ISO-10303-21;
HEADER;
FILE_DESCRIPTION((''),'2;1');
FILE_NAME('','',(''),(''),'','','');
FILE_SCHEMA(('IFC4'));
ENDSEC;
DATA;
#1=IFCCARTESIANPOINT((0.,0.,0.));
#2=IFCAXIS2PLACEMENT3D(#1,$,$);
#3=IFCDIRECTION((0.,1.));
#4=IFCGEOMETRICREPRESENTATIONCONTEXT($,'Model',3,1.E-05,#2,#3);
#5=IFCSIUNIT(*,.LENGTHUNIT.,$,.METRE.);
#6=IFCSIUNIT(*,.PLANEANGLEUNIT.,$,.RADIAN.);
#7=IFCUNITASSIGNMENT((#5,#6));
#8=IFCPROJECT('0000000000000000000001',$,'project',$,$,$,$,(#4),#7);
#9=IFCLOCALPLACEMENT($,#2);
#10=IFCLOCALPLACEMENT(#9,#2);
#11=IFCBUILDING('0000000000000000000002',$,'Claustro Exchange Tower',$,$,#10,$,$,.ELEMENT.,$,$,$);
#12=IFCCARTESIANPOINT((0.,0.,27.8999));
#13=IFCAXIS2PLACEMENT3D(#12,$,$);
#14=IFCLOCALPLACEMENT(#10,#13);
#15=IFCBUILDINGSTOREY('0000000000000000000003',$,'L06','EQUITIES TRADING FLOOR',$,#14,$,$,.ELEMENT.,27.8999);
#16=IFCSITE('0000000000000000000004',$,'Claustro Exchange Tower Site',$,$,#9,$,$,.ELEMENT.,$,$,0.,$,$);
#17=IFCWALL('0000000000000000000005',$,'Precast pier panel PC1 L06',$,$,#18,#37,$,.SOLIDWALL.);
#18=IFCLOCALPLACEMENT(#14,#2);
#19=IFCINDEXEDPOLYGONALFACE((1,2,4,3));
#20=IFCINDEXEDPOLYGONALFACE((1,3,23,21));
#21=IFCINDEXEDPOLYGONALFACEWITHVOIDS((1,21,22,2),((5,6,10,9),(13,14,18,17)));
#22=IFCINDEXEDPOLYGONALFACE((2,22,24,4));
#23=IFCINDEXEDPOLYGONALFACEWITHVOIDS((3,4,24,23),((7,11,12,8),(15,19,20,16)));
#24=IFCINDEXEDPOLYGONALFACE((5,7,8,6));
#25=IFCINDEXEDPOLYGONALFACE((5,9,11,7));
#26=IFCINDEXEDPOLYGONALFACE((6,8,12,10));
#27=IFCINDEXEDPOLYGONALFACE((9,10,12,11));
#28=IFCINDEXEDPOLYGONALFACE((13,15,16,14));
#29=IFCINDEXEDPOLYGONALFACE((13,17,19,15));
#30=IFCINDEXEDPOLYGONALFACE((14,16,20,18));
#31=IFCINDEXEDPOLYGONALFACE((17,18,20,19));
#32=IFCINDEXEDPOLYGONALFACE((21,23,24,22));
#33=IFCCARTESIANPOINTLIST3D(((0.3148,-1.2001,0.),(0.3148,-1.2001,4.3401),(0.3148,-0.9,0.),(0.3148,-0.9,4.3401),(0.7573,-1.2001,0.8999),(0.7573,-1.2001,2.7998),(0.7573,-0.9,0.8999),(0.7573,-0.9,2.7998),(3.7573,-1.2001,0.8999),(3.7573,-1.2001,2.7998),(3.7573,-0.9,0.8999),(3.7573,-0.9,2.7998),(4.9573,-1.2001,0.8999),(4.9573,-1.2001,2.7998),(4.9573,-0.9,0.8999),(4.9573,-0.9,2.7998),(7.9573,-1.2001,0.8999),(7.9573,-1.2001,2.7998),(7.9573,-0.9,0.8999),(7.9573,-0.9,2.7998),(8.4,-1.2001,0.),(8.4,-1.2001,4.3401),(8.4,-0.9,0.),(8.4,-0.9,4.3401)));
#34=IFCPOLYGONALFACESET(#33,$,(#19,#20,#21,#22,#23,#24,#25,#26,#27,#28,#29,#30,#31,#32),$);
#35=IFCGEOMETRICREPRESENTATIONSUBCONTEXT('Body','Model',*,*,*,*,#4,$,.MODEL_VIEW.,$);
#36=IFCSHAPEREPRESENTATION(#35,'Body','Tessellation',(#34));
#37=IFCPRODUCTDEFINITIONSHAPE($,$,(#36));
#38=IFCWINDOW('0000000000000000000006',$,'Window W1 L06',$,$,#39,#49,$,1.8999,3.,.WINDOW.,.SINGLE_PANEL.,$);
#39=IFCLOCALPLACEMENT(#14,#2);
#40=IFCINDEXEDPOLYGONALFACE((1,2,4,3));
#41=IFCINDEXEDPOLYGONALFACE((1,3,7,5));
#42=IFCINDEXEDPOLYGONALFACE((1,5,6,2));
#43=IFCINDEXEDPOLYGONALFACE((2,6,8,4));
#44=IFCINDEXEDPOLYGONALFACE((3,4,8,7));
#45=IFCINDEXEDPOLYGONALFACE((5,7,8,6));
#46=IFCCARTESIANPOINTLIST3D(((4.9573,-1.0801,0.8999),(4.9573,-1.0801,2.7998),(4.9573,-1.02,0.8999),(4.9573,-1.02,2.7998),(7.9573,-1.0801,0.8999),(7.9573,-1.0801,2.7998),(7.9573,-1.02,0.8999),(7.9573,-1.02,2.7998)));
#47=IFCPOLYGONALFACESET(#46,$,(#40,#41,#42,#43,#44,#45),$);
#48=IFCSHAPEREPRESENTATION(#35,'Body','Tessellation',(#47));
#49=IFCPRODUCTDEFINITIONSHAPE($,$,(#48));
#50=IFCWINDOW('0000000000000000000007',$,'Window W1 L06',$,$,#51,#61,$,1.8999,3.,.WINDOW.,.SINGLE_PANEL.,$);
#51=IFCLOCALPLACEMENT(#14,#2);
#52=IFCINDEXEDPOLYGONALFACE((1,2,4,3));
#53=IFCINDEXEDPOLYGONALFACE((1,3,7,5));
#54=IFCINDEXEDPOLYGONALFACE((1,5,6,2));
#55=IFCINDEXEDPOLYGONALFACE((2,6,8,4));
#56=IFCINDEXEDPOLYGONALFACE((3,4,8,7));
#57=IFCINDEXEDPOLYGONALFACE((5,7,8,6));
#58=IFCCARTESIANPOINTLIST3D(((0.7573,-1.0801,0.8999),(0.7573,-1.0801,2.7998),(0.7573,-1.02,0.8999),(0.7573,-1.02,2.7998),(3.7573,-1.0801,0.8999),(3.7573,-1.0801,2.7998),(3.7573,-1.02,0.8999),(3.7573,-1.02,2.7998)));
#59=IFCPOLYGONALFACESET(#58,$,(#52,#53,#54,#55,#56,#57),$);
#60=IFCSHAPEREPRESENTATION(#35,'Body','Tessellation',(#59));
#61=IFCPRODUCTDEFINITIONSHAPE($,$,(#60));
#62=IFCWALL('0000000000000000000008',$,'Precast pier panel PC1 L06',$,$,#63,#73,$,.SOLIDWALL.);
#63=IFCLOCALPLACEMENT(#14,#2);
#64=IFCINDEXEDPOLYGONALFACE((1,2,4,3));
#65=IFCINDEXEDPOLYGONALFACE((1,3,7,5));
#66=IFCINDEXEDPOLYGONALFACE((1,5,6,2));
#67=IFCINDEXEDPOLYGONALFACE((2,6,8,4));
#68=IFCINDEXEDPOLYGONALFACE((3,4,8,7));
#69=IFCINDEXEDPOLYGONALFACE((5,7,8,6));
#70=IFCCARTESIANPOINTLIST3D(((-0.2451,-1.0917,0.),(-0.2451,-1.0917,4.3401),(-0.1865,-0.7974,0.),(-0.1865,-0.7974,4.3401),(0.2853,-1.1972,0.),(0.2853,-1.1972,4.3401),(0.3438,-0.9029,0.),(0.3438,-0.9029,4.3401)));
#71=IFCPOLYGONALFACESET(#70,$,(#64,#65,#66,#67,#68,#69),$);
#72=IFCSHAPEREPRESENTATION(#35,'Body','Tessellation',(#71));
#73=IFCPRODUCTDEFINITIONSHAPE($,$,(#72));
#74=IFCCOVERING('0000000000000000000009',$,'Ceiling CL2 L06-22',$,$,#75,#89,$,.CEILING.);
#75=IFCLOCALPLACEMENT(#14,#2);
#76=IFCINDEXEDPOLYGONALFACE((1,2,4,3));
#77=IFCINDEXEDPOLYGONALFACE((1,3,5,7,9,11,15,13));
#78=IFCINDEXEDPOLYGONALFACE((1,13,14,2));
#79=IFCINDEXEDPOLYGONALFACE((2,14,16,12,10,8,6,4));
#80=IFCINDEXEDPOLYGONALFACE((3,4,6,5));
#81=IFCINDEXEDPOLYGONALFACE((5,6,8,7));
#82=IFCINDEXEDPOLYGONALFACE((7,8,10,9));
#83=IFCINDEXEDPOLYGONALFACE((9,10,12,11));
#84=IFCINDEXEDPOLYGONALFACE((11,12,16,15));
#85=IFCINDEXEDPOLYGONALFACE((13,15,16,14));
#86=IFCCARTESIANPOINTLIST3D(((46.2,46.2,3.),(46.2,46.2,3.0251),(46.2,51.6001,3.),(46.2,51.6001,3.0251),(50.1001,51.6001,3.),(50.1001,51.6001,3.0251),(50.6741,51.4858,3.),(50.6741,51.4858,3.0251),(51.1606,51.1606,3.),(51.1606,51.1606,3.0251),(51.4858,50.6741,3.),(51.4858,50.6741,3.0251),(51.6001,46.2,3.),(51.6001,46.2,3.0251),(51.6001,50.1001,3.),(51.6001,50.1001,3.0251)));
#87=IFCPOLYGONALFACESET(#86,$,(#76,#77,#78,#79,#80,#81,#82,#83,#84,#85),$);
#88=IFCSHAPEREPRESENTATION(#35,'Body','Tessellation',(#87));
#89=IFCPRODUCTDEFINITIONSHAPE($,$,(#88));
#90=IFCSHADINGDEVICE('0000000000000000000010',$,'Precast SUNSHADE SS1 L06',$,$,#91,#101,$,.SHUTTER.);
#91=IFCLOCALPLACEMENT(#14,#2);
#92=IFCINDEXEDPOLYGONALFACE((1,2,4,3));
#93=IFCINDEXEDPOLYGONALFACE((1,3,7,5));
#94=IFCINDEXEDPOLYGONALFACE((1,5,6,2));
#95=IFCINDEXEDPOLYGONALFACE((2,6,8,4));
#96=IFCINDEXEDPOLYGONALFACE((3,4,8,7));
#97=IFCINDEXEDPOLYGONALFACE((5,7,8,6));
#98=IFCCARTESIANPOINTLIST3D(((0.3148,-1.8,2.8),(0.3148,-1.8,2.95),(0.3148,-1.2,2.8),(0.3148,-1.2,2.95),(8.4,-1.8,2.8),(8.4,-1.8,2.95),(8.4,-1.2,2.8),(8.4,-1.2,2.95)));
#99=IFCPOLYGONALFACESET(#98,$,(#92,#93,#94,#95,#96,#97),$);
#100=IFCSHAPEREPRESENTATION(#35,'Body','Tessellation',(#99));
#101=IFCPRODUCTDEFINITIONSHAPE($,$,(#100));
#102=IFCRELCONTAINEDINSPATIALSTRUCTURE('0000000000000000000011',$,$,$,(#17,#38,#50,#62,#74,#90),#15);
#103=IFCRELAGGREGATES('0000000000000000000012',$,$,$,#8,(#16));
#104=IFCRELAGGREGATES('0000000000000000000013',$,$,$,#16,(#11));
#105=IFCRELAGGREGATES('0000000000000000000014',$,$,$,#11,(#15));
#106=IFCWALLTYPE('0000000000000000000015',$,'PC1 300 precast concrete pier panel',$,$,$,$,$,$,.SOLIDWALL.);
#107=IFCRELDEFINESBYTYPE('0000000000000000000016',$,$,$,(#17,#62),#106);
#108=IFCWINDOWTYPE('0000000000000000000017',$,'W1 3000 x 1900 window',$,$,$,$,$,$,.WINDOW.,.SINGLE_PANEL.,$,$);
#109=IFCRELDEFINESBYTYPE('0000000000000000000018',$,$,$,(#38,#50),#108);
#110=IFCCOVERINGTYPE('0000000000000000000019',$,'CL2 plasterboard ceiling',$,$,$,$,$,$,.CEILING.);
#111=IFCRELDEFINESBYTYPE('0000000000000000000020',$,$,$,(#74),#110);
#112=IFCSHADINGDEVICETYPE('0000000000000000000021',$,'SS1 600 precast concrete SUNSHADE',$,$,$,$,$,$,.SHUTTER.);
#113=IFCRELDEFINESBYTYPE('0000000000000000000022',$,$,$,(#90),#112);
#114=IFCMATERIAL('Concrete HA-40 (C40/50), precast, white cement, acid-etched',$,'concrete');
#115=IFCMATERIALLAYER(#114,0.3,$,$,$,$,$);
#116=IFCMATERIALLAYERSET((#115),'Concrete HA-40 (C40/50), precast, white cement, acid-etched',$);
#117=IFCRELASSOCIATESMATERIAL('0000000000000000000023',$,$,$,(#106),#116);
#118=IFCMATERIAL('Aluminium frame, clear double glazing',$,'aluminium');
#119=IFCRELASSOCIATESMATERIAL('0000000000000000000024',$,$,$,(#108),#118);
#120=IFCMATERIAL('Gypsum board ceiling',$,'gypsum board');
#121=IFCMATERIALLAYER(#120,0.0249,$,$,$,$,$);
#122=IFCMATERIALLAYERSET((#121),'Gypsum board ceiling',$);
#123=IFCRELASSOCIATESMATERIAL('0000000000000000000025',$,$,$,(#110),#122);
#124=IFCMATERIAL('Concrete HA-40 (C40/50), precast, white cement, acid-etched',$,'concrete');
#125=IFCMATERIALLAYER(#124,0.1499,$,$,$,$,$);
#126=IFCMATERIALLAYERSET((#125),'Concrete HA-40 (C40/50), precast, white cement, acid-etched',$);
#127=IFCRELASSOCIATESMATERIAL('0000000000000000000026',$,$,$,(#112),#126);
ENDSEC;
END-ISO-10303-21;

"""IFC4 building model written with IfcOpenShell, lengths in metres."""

from ifc_helpers import new_model, si_unit, direction, frame, frame_2d, origin, origin_2d, place, context, subcontext, project, spatial, polyline, rectangle, outline, extrude, material, layer, layer_set, type_object, element, fill, save


model = new_model("IFC4")

# Units and contexts
model_context = context("Model", 3, precision=1e-05, world=origin(), true_north=direction((0.0, 1.0)))
body_context = subcontext(model_context, "Body", "Model", "MODEL_VIEW")
ifc_project = project(units=[si_unit("LENGTHUNIT", "METRE"), si_unit("PLANEANGLEUNIT", "RADIAN")], contexts=[model_context])

# Site, building, storey
site_placement = place(None, origin())
site = spatial("IfcSite", under=ifc_project, at=site_placement, Name="Claustro Exchange Tower Site", CompositionType="ELEMENT", RefElevation=0.0)
building_placement = place(site_placement, origin())
building = spatial("IfcBuilding", under=site, at=building_placement, Name="Claustro Exchange Tower", CompositionType="ELEMENT")
storey_placement = place(building_placement, frame((0.0, 0.0, 27.8999)))
storey = spatial("IfcBuildingStorey", under=building, at=storey_placement, Name="L06", Description="EQUITIES TRADING FLOOR", CompositionType="ELEMENT", Elevation=27.8999)

# Wall, openings, windows
ifc_material_1 = material(Name="Concrete HA-40 (C40/50), precast, white cement, acid-etched", Category="concrete")
ifc_layer_1 = layer(ifc_material_1, 0.3)
ifc_layer_set_1 = layer_set([ifc_layer_1], Name="Concrete HA-40 (C40/50), precast, white cement, acid-etched")
wall_type_1 = type_object("IfcWallType", Name="PC1 300 precast concrete pier panel", PredefinedType="SOLIDWALL", material=ifc_layer_set_1)
wall_1_placement = place(storey_placement, frame((8.3999, -1.05, 0.0), z_axis=(0.0, 0.0, 1.0), x_axis=(-1.0, 0.0, 0.0)))
wall_1 = element("IfcWall", 1, at=wall_1_placement, inside=storey, type_object=wall_type_1, Name="Precast pier panel PC1 L06", PredefinedType="SOLIDWALL", context=body_context, shape_type="SweptSolid", body=[
    extrude(rectangle(XDim=8.0852, YDim=0.3, at=frame_2d((4.0425, 0.0))), origin(), (0.0, 0.0, 1.0), 4.3401),
])
opening_1_placement = place(wall_1_placement, frame((0.4426, 0.0, 0.8999)))
opening_1 = element("IfcOpeningElement", 2, at=opening_1_placement, cuts=wall_1, PredefinedType="OPENING", context=body_context, shape_type="SweptSolid", body=[
    extrude(rectangle(XDim=3.0, YDim=1.8999, at=frame_2d((1.5, 0.95))), frame((0.0, 0.1599, 0.0), z_axis=(0.0, -1.0, 0.0), x_axis=(1.0, 0.0, 0.0)), (0.0, 0.0, 1.0), 0.3201),
])
opening_2_placement = place(wall_1_placement, frame((4.6426, 0.0, 0.8999)))
opening_2 = element("IfcOpeningElement", 3, at=opening_2_placement, cuts=wall_1, PredefinedType="OPENING", context=body_context, shape_type="SweptSolid", body=[
    extrude(rectangle(XDim=3.0, YDim=1.8999, at=frame_2d((1.5, 0.95))), frame((0.0, 0.1599, 0.0), z_axis=(0.0, -1.0, 0.0), x_axis=(1.0, 0.0, 0.0)), (0.0, 0.0, 1.0), 0.3201),
])
ifc_material_2 = material(Name="Aluminium frame, clear double glazing", Category="aluminium")
window_type = type_object("IfcWindowType", Name="W1 3000 x 1900 window", PartitioningType="SINGLE_PANEL", PredefinedType="WINDOW", material=ifc_material_2)
window_1_placement = place(opening_1_placement, origin())
window_1 = element("IfcWindow", 4, at=window_1_placement, inside=storey, type_object=window_type, Name="Window W1 L06", OverallHeight=1.8999, OverallWidth=3.0, PartitioningType="SINGLE_PANEL", PredefinedType="WINDOW", context=body_context, shape_type="SweptSolid", body=[
    extrude(rectangle(XDim=3.0, YDim=1.8999, at=frame_2d((1.5, 0.95))), frame((0.0, 0.03, 0.0), z_axis=(0.0, -1.0, 0.0), x_axis=(1.0, 0.0, 0.0)), (0.0, 0.0, 1.0), 0.0601),
])
fill(opening_1, window_1)
window_2_placement = place(opening_2_placement, origin())
window_2 = element("IfcWindow", 5, at=window_2_placement, inside=storey, type_object=window_type, Name="Window W1 L06", OverallHeight=1.8999, OverallWidth=3.0, PartitioningType="SINGLE_PANEL", PredefinedType="WINDOW", context=body_context, shape_type="SweptSolid", body=[
    extrude(rectangle(XDim=3.0, YDim=1.8999, at=frame_2d((1.5, 0.95))), frame((0.0, 0.03, 0.0), z_axis=(0.0, -1.0, 0.0), x_axis=(1.0, 0.0, 0.0)), (0.0, 0.0, 1.0), 0.0601),
])
fill(opening_2, window_2)

# Wall
wall_2_placement = place(storey_placement, frame((0.3147, -1.05, 0.0), z_axis=(0.0, 0.0, 1.0), x_axis=(-0.980789, 0.195074, 0.0)))
element("IfcWall", 6, at=wall_2_placement, inside=storey, type_object=wall_type_1, Name="Precast pier panel PC1 L06", PredefinedType="SOLIDWALL", context=body_context, shape_type="SweptSolid", body=[
    extrude(rectangle(XDim=0.5408, YDim=0.3, at=frame_2d((0.2705, 0.0))), origin(), (0.0, 0.0, 1.0), 4.3401),
])

# Covering
ifc_material_3 = material(Name="Gypsum board ceiling", Category="gypsum board")
ifc_layer_2 = layer(ifc_material_3, 0.0249)
ifc_layer_set_2 = layer_set([ifc_layer_2], Name="Gypsum board ceiling")
covering_type = type_object("IfcCoveringType", Name="CL2 plasterboard ceiling", PredefinedType="CEILING", material=ifc_layer_set_2)
covering_placement = place(storey_placement, frame((0.0, 0.0, 3.0)))
element("IfcCovering", 7, at=covering_placement, inside=storey, type_object=covering_type, Name="Ceiling CL2 L06-22", PredefinedType="CEILING", context=body_context, shape_type="SweptSolid", body=[
    extrude(outline(polyline([(50.1001, 51.6001), (46.2, 51.6001), (46.2, 46.2), (51.6001, 46.2), (51.6001, 50.1001), (51.4858, 50.6741), (51.1606, 51.1606), (50.6741, 51.4858), (50.1001, 51.6001)])), origin(), (0.0, 0.0, 1.0), 0.0251),
])

# Shading device
ifc_material_4 = material(Name="Concrete HA-40 (C40/50), precast, white cement, acid-etched", Category="concrete")
ifc_layer_3 = layer(ifc_material_4, 0.1499)
ifc_layer_set_3 = layer_set([ifc_layer_3], Name="Concrete HA-40 (C40/50), precast, white cement, acid-etched")
shading_device_type = type_object("IfcShadingDeviceType", Name="SS1 600 precast concrete SUNSHADE", PredefinedType="SHUTTER", material=ifc_layer_set_3)
shading_device_placement = place(storey_placement, frame((4.3574, -1.5, 2.8), z_axis=(0.0, 0.0, 1.0), x_axis=(-1.0, 0.0, 0.0)))
element("IfcShadingDevice", 8, at=shading_device_placement, inside=storey, type_object=shading_device_type, Name="Precast SUNSHADE SS1 L06", PredefinedType="SHUTTER", context=body_context, shape_type="SweptSolid", body=[
    extrude(rectangle(XDim=8.0852, YDim=0.6001, at=origin_2d()), origin(), (0.0, 0.0, 1.0), 0.1499),
])

save(model, "model.ifc")
